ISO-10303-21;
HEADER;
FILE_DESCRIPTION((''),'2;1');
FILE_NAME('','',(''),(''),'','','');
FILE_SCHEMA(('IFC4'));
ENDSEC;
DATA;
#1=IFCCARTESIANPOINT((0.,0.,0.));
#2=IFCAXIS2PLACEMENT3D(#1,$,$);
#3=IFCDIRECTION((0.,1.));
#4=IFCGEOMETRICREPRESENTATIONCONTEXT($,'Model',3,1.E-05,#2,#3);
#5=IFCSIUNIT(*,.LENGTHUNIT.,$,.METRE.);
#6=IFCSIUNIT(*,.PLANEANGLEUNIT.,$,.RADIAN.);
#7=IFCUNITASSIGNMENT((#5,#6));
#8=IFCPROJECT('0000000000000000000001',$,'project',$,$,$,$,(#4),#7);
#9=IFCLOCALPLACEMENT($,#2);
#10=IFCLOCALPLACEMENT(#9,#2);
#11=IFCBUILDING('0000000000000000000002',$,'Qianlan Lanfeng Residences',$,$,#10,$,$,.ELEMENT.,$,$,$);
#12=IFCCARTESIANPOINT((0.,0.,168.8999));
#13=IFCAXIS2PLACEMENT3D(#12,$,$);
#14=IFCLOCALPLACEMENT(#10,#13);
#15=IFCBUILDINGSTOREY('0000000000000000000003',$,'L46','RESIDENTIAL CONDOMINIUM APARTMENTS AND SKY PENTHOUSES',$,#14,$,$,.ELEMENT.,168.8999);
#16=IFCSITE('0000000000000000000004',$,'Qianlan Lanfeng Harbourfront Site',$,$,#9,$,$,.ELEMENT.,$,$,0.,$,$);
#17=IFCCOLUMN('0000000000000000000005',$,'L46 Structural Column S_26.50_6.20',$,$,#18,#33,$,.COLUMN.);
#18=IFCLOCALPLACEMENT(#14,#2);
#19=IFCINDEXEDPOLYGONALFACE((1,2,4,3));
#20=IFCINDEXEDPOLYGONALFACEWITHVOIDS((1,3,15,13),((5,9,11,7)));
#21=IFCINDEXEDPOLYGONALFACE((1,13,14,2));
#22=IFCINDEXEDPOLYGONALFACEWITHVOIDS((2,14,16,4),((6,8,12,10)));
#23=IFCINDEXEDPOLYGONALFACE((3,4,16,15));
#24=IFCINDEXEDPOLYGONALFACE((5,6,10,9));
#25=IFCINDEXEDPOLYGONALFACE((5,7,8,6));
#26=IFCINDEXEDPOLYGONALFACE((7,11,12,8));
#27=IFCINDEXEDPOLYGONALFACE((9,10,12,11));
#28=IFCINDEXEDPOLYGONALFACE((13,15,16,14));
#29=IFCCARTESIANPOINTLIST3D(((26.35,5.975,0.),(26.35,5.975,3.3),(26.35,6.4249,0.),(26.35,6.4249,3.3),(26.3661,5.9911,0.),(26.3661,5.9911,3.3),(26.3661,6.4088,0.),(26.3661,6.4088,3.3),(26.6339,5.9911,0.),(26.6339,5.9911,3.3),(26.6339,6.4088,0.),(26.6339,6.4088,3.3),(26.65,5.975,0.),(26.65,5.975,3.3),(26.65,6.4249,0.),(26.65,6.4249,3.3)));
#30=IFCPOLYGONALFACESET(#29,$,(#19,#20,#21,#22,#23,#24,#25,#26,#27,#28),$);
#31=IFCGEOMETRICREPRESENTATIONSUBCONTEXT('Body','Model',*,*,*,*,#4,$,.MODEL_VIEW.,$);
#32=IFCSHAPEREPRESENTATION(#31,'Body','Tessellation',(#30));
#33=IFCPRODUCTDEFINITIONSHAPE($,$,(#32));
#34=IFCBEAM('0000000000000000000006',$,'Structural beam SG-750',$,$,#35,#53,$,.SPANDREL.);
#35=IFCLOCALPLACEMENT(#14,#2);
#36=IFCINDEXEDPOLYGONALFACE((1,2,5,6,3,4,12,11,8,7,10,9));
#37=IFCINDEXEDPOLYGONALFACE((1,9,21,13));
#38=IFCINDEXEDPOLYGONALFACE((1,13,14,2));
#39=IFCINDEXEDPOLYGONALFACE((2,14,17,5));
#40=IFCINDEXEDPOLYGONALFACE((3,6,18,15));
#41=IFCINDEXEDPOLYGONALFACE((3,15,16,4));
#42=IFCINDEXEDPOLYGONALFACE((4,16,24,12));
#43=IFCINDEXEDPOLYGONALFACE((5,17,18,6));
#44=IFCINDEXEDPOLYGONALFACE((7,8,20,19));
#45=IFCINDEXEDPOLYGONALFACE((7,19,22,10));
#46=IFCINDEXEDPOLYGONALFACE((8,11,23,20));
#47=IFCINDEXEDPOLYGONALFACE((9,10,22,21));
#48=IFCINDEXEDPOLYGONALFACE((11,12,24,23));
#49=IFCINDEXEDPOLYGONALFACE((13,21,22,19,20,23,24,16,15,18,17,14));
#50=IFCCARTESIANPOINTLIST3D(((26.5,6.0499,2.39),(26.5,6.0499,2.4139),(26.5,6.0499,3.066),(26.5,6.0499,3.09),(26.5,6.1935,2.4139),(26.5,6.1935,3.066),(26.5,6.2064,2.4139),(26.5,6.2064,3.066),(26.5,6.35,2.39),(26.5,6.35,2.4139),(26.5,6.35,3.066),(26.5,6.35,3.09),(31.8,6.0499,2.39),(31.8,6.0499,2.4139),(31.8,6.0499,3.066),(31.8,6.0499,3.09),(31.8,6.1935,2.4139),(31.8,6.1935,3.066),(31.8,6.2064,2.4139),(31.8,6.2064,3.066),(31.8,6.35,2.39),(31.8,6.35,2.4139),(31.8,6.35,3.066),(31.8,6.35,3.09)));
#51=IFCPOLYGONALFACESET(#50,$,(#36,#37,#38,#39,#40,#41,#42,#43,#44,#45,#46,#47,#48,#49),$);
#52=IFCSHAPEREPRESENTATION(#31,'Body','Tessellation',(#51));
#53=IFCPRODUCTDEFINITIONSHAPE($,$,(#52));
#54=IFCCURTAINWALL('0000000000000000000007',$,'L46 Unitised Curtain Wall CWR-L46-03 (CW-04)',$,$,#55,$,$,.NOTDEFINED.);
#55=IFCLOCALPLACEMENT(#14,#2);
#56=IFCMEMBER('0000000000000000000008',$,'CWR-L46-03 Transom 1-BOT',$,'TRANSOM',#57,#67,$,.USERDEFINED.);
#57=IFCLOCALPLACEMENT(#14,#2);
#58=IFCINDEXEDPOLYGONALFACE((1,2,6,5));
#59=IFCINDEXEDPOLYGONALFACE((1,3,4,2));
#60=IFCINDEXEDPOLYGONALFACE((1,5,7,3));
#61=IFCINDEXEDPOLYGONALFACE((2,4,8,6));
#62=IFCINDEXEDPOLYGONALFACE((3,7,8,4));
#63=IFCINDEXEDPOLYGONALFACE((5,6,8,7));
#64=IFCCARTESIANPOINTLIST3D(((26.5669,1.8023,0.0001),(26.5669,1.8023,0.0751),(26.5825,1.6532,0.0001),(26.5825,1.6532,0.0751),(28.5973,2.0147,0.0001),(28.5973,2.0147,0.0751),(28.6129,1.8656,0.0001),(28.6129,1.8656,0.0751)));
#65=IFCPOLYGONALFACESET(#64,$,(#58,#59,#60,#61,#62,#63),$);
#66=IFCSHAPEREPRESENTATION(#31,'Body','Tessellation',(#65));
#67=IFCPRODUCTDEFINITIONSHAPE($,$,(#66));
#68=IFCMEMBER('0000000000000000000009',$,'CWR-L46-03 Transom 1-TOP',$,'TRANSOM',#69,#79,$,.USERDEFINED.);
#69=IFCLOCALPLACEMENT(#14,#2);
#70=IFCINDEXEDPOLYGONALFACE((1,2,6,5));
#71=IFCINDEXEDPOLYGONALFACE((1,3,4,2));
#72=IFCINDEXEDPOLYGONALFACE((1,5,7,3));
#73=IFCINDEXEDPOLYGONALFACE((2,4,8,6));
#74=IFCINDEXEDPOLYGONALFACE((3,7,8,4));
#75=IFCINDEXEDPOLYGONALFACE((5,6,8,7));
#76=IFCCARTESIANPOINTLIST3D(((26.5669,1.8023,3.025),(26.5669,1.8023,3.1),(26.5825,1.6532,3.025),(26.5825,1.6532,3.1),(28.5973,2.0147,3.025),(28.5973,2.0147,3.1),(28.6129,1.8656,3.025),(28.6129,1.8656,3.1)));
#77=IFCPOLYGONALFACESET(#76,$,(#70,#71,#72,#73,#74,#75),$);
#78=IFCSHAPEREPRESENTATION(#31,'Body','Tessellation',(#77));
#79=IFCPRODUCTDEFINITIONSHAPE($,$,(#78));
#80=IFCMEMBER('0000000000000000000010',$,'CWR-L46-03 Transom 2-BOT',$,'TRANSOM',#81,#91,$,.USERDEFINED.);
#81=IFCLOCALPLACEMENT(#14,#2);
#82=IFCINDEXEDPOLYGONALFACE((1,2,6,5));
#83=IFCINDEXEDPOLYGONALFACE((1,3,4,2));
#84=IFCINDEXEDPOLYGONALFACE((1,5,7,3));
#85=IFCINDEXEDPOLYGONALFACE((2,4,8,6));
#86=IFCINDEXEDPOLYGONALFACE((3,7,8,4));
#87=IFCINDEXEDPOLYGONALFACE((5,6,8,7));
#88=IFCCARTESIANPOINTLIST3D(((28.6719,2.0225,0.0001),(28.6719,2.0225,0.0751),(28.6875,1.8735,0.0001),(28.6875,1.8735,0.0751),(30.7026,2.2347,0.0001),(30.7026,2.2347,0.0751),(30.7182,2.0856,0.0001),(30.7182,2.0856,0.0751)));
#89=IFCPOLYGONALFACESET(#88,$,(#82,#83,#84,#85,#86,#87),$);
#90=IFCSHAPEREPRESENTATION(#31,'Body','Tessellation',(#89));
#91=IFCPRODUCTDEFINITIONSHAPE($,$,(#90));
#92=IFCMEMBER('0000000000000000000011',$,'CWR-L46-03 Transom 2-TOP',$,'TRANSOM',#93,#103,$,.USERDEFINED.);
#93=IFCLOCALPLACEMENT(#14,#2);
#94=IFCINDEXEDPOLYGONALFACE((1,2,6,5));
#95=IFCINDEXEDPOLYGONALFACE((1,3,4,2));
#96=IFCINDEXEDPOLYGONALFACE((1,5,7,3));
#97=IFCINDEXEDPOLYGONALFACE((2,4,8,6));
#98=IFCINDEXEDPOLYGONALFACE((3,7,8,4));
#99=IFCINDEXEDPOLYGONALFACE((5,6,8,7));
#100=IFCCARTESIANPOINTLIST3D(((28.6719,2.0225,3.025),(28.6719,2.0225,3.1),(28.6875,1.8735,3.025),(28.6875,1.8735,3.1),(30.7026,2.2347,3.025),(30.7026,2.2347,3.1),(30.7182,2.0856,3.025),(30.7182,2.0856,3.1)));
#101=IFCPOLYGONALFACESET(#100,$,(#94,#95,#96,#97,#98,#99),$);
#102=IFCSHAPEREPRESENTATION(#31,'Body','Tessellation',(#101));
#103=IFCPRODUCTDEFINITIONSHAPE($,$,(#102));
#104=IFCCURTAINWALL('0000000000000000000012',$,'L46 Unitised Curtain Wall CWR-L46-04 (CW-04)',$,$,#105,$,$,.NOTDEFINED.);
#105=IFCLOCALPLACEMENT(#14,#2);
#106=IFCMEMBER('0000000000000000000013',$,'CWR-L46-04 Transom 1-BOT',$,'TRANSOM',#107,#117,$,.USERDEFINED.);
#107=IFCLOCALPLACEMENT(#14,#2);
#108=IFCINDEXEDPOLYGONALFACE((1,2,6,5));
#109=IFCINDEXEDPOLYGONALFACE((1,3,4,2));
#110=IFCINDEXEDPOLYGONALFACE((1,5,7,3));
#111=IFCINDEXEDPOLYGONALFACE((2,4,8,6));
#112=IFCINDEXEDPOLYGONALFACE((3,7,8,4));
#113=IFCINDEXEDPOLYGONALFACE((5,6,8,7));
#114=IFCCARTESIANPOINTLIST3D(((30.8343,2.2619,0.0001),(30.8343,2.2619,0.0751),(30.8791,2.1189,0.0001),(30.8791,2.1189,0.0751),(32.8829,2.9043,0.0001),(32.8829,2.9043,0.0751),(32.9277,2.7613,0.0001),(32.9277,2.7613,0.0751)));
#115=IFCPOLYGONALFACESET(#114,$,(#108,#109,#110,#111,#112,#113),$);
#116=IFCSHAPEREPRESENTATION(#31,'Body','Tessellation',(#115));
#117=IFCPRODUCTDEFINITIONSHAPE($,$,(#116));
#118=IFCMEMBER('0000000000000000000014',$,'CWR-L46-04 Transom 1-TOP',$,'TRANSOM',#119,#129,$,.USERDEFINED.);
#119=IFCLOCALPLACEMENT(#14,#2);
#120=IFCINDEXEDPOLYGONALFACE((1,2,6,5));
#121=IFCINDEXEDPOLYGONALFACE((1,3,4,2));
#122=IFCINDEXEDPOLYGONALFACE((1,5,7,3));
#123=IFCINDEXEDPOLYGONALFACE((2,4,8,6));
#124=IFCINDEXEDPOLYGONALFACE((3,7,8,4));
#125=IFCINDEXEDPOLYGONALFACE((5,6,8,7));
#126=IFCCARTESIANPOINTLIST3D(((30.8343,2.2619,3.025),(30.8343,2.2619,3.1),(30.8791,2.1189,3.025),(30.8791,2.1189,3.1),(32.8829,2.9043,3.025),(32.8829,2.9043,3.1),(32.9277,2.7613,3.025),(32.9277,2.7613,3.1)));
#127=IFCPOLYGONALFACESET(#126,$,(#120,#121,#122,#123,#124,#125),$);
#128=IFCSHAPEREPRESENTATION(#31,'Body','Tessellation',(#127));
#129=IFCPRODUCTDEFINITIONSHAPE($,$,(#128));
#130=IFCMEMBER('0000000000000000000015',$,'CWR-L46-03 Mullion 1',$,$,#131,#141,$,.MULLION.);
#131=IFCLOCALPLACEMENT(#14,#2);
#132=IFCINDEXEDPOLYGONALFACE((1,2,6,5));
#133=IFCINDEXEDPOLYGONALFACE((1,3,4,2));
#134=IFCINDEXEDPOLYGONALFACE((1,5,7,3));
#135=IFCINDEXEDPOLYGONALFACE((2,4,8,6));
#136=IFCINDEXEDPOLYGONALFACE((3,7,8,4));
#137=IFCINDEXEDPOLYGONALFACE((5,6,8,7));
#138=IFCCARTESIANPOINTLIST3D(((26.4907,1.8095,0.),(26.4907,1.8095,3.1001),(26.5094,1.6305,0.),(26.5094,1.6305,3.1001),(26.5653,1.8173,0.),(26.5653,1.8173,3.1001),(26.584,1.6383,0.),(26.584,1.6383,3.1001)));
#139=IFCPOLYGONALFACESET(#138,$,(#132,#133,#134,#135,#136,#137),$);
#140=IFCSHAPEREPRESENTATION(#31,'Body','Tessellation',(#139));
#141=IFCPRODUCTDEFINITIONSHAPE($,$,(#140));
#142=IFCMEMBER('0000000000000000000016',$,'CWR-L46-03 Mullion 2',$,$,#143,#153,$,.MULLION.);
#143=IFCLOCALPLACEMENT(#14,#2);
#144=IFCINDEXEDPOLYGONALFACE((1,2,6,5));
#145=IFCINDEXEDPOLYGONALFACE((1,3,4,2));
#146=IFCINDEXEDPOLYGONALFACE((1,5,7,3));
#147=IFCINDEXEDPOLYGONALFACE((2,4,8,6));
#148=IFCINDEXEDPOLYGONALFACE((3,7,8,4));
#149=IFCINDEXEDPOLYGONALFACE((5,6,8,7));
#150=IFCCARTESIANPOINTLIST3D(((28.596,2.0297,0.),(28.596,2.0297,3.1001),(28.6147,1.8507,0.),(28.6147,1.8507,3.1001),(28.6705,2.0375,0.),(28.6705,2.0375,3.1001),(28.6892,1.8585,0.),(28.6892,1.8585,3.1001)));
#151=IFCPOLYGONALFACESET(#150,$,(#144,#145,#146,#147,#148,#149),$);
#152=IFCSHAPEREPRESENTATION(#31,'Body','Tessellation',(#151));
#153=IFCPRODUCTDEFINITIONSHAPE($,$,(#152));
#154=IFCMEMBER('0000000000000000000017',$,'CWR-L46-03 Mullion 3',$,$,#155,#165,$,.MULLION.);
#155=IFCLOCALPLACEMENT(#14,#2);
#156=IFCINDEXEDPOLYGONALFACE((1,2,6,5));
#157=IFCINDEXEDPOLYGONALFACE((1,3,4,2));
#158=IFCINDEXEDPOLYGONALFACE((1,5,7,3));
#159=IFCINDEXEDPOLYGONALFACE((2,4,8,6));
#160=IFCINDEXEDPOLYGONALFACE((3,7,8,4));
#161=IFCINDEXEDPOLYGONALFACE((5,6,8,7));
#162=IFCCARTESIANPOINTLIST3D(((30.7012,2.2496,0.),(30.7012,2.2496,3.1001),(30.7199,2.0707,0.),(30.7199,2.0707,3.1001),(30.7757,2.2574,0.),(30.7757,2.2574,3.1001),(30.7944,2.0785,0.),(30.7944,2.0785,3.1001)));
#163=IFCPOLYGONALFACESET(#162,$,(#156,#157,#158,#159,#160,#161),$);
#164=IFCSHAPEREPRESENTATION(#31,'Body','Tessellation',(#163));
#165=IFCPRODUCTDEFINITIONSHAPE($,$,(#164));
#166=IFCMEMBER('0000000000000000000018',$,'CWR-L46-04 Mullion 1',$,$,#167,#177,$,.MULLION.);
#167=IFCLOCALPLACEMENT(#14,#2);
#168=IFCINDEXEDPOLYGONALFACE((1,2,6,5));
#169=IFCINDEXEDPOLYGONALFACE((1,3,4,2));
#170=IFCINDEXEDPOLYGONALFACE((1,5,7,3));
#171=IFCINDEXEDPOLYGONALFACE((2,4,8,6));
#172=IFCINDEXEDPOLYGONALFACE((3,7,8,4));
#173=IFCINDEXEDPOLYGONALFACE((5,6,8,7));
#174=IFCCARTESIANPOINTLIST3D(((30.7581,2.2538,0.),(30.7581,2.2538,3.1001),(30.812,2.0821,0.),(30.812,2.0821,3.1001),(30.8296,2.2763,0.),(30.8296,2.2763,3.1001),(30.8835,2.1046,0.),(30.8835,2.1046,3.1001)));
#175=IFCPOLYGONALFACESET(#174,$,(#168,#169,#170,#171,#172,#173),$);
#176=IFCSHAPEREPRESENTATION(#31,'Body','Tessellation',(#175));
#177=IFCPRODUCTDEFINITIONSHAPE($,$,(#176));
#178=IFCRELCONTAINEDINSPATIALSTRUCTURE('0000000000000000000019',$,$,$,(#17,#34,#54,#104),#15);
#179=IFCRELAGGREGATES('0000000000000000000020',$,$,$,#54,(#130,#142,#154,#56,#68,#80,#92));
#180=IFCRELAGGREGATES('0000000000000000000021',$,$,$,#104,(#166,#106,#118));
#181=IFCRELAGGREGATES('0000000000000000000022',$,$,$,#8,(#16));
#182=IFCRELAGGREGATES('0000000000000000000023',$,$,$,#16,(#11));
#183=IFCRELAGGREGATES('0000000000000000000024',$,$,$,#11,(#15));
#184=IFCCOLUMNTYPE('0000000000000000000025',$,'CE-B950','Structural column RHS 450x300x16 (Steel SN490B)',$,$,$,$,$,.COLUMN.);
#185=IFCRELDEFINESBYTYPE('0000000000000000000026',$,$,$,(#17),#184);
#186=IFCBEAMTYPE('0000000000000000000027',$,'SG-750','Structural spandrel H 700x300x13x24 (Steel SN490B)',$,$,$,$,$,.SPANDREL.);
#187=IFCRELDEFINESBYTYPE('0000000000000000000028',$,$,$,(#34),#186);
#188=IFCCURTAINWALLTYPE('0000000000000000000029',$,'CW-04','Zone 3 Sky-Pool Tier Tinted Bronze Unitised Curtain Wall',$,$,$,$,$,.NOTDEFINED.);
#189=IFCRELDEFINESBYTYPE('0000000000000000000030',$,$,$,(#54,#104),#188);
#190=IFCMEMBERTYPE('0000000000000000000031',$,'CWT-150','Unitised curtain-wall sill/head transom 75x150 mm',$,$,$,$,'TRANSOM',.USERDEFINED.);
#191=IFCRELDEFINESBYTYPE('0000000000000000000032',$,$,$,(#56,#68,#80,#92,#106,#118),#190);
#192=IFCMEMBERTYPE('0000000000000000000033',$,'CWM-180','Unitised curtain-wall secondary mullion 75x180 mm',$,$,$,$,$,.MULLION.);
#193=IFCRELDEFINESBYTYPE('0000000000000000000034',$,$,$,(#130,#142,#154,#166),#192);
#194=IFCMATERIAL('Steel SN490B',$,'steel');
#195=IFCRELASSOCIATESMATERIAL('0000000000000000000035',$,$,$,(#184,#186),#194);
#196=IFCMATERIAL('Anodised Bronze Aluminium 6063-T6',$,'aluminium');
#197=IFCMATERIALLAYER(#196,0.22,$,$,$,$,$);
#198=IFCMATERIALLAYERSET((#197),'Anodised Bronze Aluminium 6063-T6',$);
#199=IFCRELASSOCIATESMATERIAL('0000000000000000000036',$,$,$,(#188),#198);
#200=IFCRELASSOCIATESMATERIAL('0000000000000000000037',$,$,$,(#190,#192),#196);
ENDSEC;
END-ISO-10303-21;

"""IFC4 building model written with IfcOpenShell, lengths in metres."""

from ifc_helpers import new_model, si_unit, direction, frame, origin, origin_2d, place, context, subcontext, project, spatial, rectangle, hollow_rectangle, i_section, extrude, source, transform, mapped, material, layer, layer_set, material_profile, profile_set, type_object, element, aggregate, save


model = new_model("IFC4")

# Units and contexts
model_context = context("Model", 3, precision=1e-05, world=origin(), true_north=direction((0.0, 1.0)))
body_context = subcontext(model_context, "Body", "Model", "MODEL_VIEW")
ifc_project = project(units=[si_unit("LENGTHUNIT", "METRE"), si_unit("PLANEANGLEUNIT", "RADIAN")], contexts=[model_context])

# Site, building, storey
site_placement = place(None, origin())
site = spatial("IfcSite", under=ifc_project, at=site_placement, Name="Qianlan Lanfeng Harbourfront Site", CompositionType="ELEMENT", RefElevation=0.0)
building_placement = place(site_placement, origin())
building = spatial("IfcBuilding", under=site, at=building_placement, Name="Qianlan Lanfeng Residences", CompositionType="ELEMENT")
storey_placement = place(building_placement, frame((0.0, 0.0, 168.8999)))
storey = spatial("IfcBuildingStorey", under=building, at=storey_placement, Name="L46", Description="RESIDENTIAL CONDOMINIUM APARTMENTS AND SKY PENTHOUSES", CompositionType="ELEMENT", Elevation=168.8999)

# Column
ifc_material_1 = material(Name="Steel SN490B", Category="steel")
ifc_material_profile_1 = material_profile(ifc_material_1, hollow_rectangle(XDim=0.3, YDim=0.45, WallThickness=0.0161, at=origin_2d()), Name="RHS 450x300x16")
ifc_profile_set_1 = profile_set([ifc_material_profile_1], Name="Steel SN490B")
column_type = type_object("IfcColumnType", Name="CE-B950", Description="Structural column RHS 450x300x16 (Steel SN490B)", PredefinedType="COLUMN", material=ifc_profile_set_1)
column_placement = place(storey_placement, frame((26.5, 6.2, 0.0), z_axis=(0.0, 0.0, 1.0), x_axis=(1.0, 0.0, 0.0)))
element("IfcColumn", 1, at=column_placement, inside=storey, type_object=column_type, Name="L46 Structural Column S_26.50_6.20", PredefinedType="COLUMN", context=body_context, shape_type="SweptSolid", body=[
    extrude(hollow_rectangle(XDim=0.3, YDim=0.45, WallThickness=0.0161, at=origin_2d()), origin(), (0.0, 0.0, 1.0), 3.3),
])

# Beam
ifc_material_profile_2 = material_profile(ifc_material_1, i_section(OverallWidth=0.3, OverallDepth=0.7, WebThickness=0.0129, FlangeThickness=0.0239, at=origin_2d()), Name="H 700x300x13x24")
ifc_profile_set_2 = profile_set([ifc_material_profile_2], Name="Steel SN490B")
beam_type = type_object("IfcBeamType", Name="SG-750", Description="Structural spandrel H 700x300x13x24 (Steel SN490B)", PredefinedType="SPANDREL", material=ifc_profile_set_2)
beam_placement = place(storey_placement, frame((26.5, 6.2, 2.74), z_axis=(1.0, 0.0, 0.0), x_axis=(0.0, 1.0, 0.0)))
element("IfcBeam", 2, at=beam_placement, inside=storey, type_object=beam_type, Name="Structural beam SG-750", PredefinedType="SPANDREL", context=body_context, shape_type="SweptSolid", body=[
    extrude(i_section(OverallWidth=0.3, OverallDepth=0.7, WebThickness=0.0129, FlangeThickness=0.0239, at=origin_2d()), origin(), (0.0, 0.0, 1.0), 5.3),
])

# Curtain walls, members
ifc_material_2 = material(Name="Anodised Bronze Aluminium 6063-T6", Category="aluminium")
ifc_layer_1 = layer(ifc_material_2, 0.22)
ifc_layer_set_1 = layer_set([ifc_layer_1], Name="Anodised Bronze Aluminium 6063-T6")
curtain_wall_type = type_object("IfcCurtainWallType", Name="CW-04", Description="Zone 3 Sky-Pool Tier Tinted Bronze Unitised Curtain Wall", PredefinedType="NOTDEFINED", material=ifc_layer_set_1)
curtain_wall_1_placement = place(storey_placement, origin())
curtain_wall_1 = element("IfcCurtainWall", 3, at=curtain_wall_1_placement, inside=storey, type_object=curtain_wall_type, Name="L46 Unitised Curtain Wall CWR-L46-03 (CW-04)", PredefinedType="NOTDEFINED")
ifc_material_profile_3 = material_profile(ifc_material_2, rectangle(XDim=0.075, YDim=0.1499, at=origin_2d()), Name="ALU TRANSOM 75x150")
ifc_profile_set_3 = profile_set([ifc_material_profile_3], Name="Anodised Bronze Aluminium 6063-T6")
member_type_1 = type_object("IfcMemberType", Name="CWT-150", Description="Unitised curtain-wall sill/head transom 75x150 mm", ElementType="TRANSOM", PredefinedType="USERDEFINED", material=ifc_profile_set_3)
shared_shape_1 = source(origin(), body_context, "Body", "SweptSolid", [
    extrude(rectangle(XDim=0.075, YDim=0.1499, at=origin_2d()), origin(), (0.0, 0.0, 1.0), 2.0415),
])
member_1_placement = place(storey_placement, frame((26.5747, 1.7278, 0.0376), z_axis=(0.994573, 0.104037, 0.0), x_axis=(0.0, 0.0, 1.0)))
member_1 = element("IfcMember", 4, at=member_1_placement, type_object=member_type_1, Name="CWR-L46-03 Transom 1-BOT", ObjectType="TRANSOM", PredefinedType="USERDEFINED", context=body_context, shape_type="MappedRepresentation", body=[
    mapped(shared_shape_1, transform((0.0, 0.0, 0.0), scale=1.0)),
])
member_2_placement = place(storey_placement, frame((26.5747, 1.7278, 3.0625), z_axis=(0.994573, 0.104037, 0.0), x_axis=(0.0, 0.0, 1.0)))
member_2 = element("IfcMember", 5, at=member_2_placement, type_object=member_type_1, Name="CWR-L46-03 Transom 1-TOP", ObjectType="TRANSOM", PredefinedType="USERDEFINED", context=body_context, shape_type="MappedRepresentation", body=[
    mapped(shared_shape_1, transform((0.0, 0.0, 0.0), scale=1.0)),
])
shared_shape_2 = source(origin(), body_context, "Body", "SweptSolid", [
    extrude(rectangle(XDim=0.075, YDim=0.1499, at=origin_2d()), origin(), (0.0, 0.0, 1.0), 2.0417),
])
member_3_placement = place(storey_placement, frame((28.6797, 1.948, 0.0376), z_axis=(0.994587, 0.103907, 0.0), x_axis=(0.0, 0.0, 1.0)))
member_3 = element("IfcMember", 6, at=member_3_placement, type_object=member_type_1, Name="CWR-L46-03 Transom 2-BOT", ObjectType="TRANSOM", PredefinedType="USERDEFINED", context=body_context, shape_type="MappedRepresentation", body=[
    mapped(shared_shape_2, transform((0.0, 0.0, 0.0), scale=1.0)),
])
member_4_placement = place(storey_placement, frame((28.6797, 1.948, 3.0625), z_axis=(0.994587, 0.103907, 0.0), x_axis=(0.0, 0.0, 1.0)))
member_4 = element("IfcMember", 7, at=member_4_placement, type_object=member_type_1, Name="CWR-L46-03 Transom 2-TOP", ObjectType="TRANSOM", PredefinedType="USERDEFINED", context=body_context, shape_type="MappedRepresentation", body=[
    mapped(shared_shape_2, transform((0.0, 0.0, 0.0), scale=1.0)),
])
curtain_wall_2_placement = place(storey_placement, origin())
curtain_wall_2 = element("IfcCurtainWall", 8, at=curtain_wall_2_placement, inside=storey, type_object=curtain_wall_type, Name="L46 Unitised Curtain Wall CWR-L46-04 (CW-04)", PredefinedType="NOTDEFINED")
shared_shape_3 = source(origin(), body_context, "Body", "SweptSolid", [
    extrude(rectangle(XDim=0.075, YDim=0.1499, at=origin_2d()), origin(), (0.0, 0.0, 1.0), 2.147),
])
member_5_placement = place(storey_placement, frame((30.8567, 2.1904, 0.0376), z_axis=(0.954194, 0.299188, 0.0), x_axis=(0.0, 0.0, 1.0)))
member_5 = element("IfcMember", 9, at=member_5_placement, type_object=member_type_1, Name="CWR-L46-04 Transom 1-BOT", ObjectType="TRANSOM", PredefinedType="USERDEFINED", context=body_context, shape_type="MappedRepresentation", body=[
    mapped(shared_shape_3, transform((0.0, 0.0, 0.0), scale=1.0)),
])
member_6_placement = place(storey_placement, frame((30.8567, 2.1904, 3.0625), z_axis=(0.954194, 0.299188, 0.0), x_axis=(0.0, 0.0, 1.0)))
member_6 = element("IfcMember", 10, at=member_6_placement, type_object=member_type_1, Name="CWR-L46-04 Transom 1-TOP", ObjectType="TRANSOM", PredefinedType="USERDEFINED", context=body_context, shape_type="MappedRepresentation", body=[
    mapped(shared_shape_3, transform((0.0, 0.0, 0.0), scale=1.0)),
])

# Members
ifc_material_profile_4 = material_profile(ifc_material_2, rectangle(XDim=0.075, YDim=0.1799, at=origin_2d()), Name="ALU MULLION 75x180")
ifc_profile_set_4 = profile_set([ifc_material_profile_4], Name="Anodised Bronze Aluminium 6063-T6")
member_type_2 = type_object("IfcMemberType", Name="CWM-180", Description="Unitised curtain-wall secondary mullion 75x180 mm", PredefinedType="MULLION", material=ifc_profile_set_4)
shared_shape_4 = source(origin(), body_context, "Body", "SweptSolid", [
    extrude(rectangle(XDim=0.075, YDim=0.1799, at=origin_2d()), origin(), (0.0, 0.0, 1.0), 3.1001),
])
member_7_placement = place(storey_placement, frame((26.5374, 1.7239, 0.0), z_axis=(0.0, 0.0, 1.0), x_axis=(0.994579, 0.103983, 0.0)))
member_7 = element("IfcMember", 11, at=member_7_placement, type_object=member_type_2, Name="CWR-L46-03 Mullion 1", PredefinedType="MULLION", context=body_context, shape_type="MappedRepresentation", body=[
    mapped(shared_shape_4, transform((0.0, 0.0, 0.0), scale=1.0)),
])
member_8_placement = place(storey_placement, frame((28.6426, 1.9441, 0.0), z_axis=(0.0, 0.0, 1.0), x_axis=(0.994579, 0.103983, 0.0)))
member_8 = element("IfcMember", 12, at=member_8_placement, type_object=member_type_2, Name="CWR-L46-03 Mullion 2", PredefinedType="MULLION", context=body_context, shape_type="MappedRepresentation", body=[
    mapped(shared_shape_4, transform((0.0, 0.0, 0.0), scale=1.0)),
])
member_9_placement = place(storey_placement, frame((30.7478, 2.1641, 0.0), z_axis=(0.0, 0.0, 1.0), x_axis=(0.994579, 0.103983, 0.0)))
member_9 = element("IfcMember", 13, at=member_9_placement, type_object=member_type_2, Name="CWR-L46-03 Mullion 3", PredefinedType="MULLION", context=body_context, shape_type="MappedRepresentation", body=[
    mapped(shared_shape_4, transform((0.0, 0.0, 0.0), scale=1.0)),
])
member_10_placement = place(storey_placement, frame((30.8208, 2.1792, 0.0), z_axis=(0.0, 0.0, 1.0), x_axis=(0.954196, 0.299182, 0.0)))
member_10 = element("IfcMember", 14, at=member_10_placement, type_object=member_type_2, Name="CWR-L46-04 Mullion 1", PredefinedType="MULLION", context=body_context, shape_type="MappedRepresentation", body=[
    mapped(shared_shape_4, transform((0.0, 0.0, 0.0), scale=1.0)),
])

aggregate(curtain_wall_1, [member_7, member_8, member_9, member_1, member_2, member_3, member_4])
aggregate(curtain_wall_2, [member_10, member_5, member_6])

save(model, "model.ifc")
